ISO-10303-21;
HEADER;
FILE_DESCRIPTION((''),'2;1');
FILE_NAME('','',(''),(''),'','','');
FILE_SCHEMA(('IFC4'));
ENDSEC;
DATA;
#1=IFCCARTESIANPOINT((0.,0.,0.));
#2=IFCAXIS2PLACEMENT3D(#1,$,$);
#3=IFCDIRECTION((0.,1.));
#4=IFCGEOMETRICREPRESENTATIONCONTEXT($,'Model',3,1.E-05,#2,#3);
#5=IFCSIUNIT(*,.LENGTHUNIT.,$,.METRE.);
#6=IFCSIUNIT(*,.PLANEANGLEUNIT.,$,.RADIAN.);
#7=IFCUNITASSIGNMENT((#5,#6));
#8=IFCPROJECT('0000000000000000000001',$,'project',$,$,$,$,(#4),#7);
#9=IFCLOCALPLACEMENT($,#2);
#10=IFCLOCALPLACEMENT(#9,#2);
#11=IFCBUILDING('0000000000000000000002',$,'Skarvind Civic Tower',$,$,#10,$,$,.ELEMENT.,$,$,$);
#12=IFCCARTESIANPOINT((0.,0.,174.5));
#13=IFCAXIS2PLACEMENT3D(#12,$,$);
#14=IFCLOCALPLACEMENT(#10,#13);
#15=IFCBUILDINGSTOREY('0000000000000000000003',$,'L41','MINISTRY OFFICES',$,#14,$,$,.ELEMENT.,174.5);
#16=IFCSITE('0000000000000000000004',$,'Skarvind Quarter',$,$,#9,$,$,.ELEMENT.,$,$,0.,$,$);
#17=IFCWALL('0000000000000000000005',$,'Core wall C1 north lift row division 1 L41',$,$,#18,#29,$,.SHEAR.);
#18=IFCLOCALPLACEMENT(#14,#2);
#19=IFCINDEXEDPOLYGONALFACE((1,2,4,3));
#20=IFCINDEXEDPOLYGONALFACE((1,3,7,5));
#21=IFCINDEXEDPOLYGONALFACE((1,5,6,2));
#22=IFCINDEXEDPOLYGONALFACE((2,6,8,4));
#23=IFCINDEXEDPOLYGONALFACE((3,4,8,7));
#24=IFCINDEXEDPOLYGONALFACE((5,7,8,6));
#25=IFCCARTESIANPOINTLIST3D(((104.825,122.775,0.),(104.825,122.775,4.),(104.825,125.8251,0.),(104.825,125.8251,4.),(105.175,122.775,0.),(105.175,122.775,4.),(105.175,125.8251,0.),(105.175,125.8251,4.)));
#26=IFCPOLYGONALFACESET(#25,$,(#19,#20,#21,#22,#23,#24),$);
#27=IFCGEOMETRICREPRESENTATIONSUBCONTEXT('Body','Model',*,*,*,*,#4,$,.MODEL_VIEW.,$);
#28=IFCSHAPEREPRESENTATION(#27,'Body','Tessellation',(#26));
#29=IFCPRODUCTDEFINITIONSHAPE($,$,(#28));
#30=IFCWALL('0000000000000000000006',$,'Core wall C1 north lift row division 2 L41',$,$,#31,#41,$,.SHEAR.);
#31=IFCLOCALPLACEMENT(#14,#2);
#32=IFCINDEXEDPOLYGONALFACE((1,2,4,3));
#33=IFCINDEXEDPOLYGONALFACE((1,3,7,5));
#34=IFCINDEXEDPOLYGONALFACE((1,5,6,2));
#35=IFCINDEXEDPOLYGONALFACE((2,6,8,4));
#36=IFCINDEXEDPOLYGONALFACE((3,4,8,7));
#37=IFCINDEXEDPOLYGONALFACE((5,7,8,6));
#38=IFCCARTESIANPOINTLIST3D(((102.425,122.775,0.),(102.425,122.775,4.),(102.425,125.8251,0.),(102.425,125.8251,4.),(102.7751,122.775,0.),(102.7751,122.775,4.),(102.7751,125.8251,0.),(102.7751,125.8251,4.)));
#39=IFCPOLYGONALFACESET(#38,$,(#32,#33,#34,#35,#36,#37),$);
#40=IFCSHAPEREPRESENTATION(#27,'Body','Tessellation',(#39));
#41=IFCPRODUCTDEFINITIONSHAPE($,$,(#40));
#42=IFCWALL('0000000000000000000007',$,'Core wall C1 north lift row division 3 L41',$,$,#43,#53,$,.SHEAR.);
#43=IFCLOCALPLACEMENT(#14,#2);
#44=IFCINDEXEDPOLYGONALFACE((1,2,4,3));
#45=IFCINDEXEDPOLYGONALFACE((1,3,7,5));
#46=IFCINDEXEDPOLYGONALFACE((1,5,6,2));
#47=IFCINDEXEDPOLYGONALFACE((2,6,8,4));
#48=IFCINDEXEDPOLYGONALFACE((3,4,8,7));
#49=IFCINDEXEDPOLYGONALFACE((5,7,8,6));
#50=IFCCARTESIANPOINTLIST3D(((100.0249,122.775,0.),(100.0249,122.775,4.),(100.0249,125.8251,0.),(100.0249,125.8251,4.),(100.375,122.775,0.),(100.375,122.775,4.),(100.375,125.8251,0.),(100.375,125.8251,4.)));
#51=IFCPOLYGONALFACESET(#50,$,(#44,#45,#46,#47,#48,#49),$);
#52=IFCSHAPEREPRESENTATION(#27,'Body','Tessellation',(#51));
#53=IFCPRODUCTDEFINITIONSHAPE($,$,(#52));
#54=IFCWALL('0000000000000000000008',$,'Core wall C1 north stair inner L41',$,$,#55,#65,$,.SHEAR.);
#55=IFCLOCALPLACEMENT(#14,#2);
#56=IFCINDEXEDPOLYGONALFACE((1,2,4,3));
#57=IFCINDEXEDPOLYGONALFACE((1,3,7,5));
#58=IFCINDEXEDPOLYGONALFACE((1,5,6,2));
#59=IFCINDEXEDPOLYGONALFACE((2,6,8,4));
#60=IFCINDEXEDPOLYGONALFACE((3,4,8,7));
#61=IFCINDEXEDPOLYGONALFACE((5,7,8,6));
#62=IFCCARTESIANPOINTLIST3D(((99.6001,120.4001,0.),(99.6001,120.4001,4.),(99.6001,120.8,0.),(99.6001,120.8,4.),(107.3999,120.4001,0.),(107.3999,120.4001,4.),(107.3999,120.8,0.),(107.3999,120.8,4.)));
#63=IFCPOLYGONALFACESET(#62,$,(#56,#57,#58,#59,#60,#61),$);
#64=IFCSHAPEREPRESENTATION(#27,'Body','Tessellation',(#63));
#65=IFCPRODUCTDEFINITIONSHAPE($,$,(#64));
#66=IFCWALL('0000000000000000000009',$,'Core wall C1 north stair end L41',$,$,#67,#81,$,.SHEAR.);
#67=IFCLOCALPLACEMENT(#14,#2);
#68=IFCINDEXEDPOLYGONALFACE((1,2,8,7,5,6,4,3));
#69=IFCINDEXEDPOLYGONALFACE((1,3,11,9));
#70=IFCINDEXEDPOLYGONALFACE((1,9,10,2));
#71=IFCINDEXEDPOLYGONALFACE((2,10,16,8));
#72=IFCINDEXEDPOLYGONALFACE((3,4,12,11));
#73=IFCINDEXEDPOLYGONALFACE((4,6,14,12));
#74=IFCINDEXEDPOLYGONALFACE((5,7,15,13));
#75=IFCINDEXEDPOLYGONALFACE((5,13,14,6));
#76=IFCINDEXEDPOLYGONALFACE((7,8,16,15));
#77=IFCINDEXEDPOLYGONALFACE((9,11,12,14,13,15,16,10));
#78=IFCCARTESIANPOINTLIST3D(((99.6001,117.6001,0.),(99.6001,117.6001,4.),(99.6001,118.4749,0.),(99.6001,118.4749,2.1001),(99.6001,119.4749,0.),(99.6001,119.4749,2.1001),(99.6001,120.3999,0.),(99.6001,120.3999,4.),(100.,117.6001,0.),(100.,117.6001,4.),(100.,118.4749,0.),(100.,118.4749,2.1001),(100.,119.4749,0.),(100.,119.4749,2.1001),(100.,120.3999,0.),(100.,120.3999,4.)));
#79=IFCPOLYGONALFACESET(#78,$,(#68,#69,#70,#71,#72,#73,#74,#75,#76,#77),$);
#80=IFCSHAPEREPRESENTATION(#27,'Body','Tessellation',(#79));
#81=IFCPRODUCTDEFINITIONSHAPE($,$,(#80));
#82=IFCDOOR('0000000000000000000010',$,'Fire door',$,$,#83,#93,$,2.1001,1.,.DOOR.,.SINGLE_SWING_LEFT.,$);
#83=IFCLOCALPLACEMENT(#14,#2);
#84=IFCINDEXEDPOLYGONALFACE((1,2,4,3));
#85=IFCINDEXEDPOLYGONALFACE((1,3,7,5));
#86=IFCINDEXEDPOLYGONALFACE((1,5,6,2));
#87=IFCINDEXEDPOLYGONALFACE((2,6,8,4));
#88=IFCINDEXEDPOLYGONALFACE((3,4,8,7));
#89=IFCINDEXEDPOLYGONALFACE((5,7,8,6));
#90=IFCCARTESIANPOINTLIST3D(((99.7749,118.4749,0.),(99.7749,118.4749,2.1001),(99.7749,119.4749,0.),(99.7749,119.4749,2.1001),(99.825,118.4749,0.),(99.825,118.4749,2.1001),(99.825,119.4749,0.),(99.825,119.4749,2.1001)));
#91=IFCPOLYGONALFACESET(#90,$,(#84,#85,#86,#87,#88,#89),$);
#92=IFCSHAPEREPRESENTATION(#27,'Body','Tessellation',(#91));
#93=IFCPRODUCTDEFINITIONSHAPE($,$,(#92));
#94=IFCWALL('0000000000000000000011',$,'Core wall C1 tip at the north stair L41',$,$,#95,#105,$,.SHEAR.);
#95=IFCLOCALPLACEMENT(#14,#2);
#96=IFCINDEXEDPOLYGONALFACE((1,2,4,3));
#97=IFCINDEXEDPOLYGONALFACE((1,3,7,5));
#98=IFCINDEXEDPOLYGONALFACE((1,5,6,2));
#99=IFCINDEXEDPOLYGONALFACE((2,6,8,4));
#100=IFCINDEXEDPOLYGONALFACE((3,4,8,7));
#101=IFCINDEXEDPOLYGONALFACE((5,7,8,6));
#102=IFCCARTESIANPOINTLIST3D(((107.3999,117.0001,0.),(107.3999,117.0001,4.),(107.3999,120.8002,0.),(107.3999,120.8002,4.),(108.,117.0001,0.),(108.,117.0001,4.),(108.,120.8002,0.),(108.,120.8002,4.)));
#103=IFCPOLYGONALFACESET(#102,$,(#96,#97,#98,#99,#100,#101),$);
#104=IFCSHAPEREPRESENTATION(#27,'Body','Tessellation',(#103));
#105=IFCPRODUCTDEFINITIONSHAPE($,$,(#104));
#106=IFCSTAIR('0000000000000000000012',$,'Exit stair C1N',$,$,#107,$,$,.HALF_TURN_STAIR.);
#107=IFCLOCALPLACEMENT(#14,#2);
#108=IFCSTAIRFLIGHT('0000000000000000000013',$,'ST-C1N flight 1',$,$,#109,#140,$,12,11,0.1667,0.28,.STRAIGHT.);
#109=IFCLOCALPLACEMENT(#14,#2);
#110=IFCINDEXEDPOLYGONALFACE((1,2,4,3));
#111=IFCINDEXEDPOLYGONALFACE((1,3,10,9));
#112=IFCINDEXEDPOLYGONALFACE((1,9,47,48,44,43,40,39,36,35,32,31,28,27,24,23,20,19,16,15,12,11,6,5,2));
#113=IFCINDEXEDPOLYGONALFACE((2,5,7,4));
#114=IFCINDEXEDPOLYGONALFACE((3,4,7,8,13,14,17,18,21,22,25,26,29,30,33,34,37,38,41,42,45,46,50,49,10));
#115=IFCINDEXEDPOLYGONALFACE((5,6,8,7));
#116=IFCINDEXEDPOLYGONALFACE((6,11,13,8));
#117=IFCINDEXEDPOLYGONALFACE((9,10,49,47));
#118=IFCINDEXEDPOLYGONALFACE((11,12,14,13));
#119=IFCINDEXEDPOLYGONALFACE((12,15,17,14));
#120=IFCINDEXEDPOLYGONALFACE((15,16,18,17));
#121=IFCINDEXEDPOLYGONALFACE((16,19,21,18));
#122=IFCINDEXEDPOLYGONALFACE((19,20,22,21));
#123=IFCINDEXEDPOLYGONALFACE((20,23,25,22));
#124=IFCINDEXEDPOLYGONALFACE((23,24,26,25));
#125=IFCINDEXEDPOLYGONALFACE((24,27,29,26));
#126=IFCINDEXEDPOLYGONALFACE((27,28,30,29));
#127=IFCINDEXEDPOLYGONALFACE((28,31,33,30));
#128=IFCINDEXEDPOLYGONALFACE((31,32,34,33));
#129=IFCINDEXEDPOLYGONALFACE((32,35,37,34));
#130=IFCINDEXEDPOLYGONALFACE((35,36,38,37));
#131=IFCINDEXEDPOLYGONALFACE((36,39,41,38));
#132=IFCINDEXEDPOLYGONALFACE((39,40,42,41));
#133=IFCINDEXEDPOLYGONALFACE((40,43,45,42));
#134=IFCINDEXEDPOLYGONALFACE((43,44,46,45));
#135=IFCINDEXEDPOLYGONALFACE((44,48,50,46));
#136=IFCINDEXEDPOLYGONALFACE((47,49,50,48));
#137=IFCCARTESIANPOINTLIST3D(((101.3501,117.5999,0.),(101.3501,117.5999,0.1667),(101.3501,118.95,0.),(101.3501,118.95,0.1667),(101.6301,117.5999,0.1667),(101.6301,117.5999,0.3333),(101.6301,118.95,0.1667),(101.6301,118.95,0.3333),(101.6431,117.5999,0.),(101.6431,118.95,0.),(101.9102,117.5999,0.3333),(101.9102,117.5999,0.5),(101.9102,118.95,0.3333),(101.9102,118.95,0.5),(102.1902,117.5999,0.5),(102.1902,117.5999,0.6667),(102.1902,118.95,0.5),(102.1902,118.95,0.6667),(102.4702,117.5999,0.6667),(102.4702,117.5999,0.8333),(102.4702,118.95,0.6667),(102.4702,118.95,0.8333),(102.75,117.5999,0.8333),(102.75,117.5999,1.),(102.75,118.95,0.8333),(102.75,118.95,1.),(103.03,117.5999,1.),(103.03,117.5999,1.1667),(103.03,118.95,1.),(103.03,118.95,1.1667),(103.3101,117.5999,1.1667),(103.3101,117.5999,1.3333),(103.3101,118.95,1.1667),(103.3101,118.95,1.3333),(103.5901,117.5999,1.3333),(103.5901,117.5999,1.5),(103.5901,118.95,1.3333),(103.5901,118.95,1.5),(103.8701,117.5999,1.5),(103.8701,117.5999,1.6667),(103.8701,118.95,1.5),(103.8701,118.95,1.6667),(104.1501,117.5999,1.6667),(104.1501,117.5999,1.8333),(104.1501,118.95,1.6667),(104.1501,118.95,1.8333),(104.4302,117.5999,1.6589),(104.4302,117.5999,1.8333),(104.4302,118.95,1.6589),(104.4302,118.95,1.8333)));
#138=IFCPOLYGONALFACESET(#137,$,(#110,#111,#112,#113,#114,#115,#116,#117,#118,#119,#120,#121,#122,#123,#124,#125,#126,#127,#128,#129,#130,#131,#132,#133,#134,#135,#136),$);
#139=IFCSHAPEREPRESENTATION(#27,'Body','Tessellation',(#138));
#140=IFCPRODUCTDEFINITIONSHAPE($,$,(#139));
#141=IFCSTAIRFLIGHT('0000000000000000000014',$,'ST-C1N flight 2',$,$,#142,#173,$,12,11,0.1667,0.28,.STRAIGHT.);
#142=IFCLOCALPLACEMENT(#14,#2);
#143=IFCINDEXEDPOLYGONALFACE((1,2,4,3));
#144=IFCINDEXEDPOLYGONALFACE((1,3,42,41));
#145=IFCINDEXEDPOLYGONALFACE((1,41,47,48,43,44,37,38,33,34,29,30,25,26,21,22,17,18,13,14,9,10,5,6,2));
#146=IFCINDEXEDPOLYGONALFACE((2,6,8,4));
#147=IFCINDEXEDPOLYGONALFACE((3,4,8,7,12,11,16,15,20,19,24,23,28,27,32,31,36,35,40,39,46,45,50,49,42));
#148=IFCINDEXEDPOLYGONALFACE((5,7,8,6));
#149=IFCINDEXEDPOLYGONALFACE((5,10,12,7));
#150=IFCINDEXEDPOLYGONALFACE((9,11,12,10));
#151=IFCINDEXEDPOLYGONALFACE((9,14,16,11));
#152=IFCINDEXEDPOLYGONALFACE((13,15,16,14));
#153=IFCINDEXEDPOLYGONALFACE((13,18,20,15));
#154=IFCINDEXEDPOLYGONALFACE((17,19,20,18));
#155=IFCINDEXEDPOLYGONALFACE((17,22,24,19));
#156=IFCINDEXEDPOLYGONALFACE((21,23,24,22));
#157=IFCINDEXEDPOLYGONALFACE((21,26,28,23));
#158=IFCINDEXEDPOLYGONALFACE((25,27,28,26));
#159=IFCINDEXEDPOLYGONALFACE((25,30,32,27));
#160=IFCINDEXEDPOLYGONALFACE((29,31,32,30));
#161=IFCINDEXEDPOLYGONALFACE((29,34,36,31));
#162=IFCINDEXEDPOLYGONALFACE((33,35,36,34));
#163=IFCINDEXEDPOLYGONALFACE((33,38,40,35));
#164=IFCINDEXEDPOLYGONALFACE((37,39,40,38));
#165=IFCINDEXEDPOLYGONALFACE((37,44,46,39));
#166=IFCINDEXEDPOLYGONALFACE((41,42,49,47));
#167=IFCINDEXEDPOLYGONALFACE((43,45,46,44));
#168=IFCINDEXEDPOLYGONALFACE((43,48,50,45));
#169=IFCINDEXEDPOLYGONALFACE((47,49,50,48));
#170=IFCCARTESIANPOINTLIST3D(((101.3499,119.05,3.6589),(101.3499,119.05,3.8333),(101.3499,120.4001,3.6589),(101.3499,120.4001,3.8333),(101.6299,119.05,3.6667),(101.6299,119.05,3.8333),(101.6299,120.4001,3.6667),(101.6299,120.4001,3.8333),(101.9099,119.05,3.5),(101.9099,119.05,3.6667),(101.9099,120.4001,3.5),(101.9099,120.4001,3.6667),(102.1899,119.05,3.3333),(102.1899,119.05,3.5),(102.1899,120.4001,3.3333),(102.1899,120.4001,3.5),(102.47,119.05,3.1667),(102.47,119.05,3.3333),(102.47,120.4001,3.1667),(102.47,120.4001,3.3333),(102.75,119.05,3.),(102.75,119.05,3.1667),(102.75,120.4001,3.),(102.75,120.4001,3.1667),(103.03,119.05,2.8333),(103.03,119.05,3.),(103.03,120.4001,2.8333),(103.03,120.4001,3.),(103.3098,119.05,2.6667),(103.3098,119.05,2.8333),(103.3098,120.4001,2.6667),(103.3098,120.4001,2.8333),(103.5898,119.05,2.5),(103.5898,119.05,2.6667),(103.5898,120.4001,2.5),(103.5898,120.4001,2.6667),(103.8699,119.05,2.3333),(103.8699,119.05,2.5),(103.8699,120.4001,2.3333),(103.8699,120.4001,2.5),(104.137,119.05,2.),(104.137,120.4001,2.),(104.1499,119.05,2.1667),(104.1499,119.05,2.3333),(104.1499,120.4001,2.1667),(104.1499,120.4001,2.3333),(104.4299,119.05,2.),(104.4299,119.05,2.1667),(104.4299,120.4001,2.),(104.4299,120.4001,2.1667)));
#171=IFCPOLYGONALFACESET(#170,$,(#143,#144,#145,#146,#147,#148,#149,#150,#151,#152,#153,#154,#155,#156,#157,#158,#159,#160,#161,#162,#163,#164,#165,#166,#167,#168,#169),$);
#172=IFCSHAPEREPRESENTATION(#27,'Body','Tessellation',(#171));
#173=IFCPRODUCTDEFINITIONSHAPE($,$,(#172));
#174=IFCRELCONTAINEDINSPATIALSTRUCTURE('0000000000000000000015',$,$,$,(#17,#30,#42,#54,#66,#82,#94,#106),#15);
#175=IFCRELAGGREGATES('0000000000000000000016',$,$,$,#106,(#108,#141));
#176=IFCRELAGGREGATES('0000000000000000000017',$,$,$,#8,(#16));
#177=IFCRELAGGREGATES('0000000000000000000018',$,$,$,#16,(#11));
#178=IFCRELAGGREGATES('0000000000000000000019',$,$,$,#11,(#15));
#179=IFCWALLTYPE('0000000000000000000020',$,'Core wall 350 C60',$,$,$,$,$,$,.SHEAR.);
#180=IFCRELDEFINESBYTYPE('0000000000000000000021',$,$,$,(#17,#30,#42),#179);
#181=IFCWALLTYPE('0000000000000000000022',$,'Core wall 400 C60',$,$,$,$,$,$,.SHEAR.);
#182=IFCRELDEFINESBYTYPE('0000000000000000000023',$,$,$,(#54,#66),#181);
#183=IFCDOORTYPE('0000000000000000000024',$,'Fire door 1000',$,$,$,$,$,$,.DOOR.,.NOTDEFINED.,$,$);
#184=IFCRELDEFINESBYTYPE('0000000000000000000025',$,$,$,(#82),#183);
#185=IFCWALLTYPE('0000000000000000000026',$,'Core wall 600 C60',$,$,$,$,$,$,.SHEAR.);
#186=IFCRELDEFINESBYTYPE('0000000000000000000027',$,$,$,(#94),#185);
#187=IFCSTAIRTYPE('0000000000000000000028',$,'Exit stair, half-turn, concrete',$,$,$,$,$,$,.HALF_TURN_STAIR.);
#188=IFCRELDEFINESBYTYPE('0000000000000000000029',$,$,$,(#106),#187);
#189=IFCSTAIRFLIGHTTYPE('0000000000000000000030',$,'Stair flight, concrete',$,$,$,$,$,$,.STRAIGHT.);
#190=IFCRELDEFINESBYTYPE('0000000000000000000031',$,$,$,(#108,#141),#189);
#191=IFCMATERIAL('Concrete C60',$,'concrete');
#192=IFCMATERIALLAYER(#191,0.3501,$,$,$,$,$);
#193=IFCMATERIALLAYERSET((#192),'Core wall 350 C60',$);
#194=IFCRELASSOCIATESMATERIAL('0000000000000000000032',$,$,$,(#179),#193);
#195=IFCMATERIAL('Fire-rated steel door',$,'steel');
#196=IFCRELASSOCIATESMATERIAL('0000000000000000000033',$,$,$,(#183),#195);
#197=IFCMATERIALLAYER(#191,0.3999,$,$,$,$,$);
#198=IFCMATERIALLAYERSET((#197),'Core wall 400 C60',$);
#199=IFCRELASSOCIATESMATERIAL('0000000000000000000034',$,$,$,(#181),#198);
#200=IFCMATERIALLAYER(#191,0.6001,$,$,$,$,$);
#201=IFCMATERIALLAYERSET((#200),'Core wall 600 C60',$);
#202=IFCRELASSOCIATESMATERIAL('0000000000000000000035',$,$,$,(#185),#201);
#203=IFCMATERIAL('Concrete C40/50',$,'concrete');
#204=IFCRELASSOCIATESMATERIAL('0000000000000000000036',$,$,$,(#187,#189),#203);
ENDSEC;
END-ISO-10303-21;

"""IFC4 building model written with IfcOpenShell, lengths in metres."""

from ifc_helpers import new_model, si_unit, direction, frame, frame_2d, origin, place, context, subcontext, project, spatial, polyline, rectangle, outline, extrude, material, layer, layer_set, type_object, element, fill, aggregate, save


model = new_model("IFC4")

# Units and contexts
model_context = context("Model", 3, precision=1e-05, world=origin(), true_north=direction((0.0, 1.0)))
body_context = subcontext(model_context, "Body", "Model", "MODEL_VIEW")
ifc_project = project(units=[si_unit("LENGTHUNIT", "METRE"), si_unit("PLANEANGLEUNIT", "RADIAN")], contexts=[model_context])

# Site, building, storey
site_placement = place(None, origin())
site = spatial("IfcSite", under=ifc_project, at=site_placement, Name="Skarvind Quarter", CompositionType="ELEMENT", RefElevation=0.0)
building_placement = place(site_placement, origin())
building = spatial("IfcBuilding", under=site, at=building_placement, Name="Skarvind Civic Tower", CompositionType="ELEMENT")
storey_placement = place(building_placement, frame((0.0, 0.0, 174.5)))
storey = spatial("IfcBuildingStorey", under=building, at=storey_placement, Name="L41", Description="MINISTRY OFFICES", CompositionType="ELEMENT", Elevation=174.5)

# Shared definitions
ifc_material_1 = material(Name="Concrete C60", Category="concrete")
ifc_layer_1 = layer(ifc_material_1, 0.3501)
ifc_layer_set_1 = layer_set([ifc_layer_1], Name="Core wall 350 C60")
wall_type_1 = type_object("IfcWallType", Name="Core wall 350 C60", PredefinedType="SHEAR", material=ifc_layer_set_1)
ifc_material_2 = material(Name="Fire-rated steel door", Category="steel")
door_type_1 = type_object("IfcDoorType", Name="Fire door 1000", OperationType="NOTDEFINED", PredefinedType="DOOR", material=ifc_material_2)

# Walls
for number, where, z_axis, x_axis, name in (
    (1, (105.0, 125.825, 0.0), (0.0, 0.0, 1.0), (0.0, -1.0, 0.0), "Core wall C1 north lift row division 1 L41"),
    (2, (102.6001, 125.825, 0.0), (0.0, 0.0, 1.0), (0.0, -1.0, 0.0), "Core wall C1 north lift row division 2 L41"),
    (3, (100.2, 125.825, 0.0), (0.0, 0.0, 1.0), (0.0, -1.0, 0.0), "Core wall C1 north lift row division 3 L41"),
):
    element("IfcWall", number, at=place(storey_placement, frame(where, z_axis=z_axis, x_axis=x_axis)), inside=storey, type_object=wall_type_1, Name=name, PredefinedType="SHEAR", context=body_context, shape_type="SweptSolid", body=[
        extrude(rectangle(XDim=3.05, YDim=0.3501, at=frame_2d((1.5249, 0.0))), origin(), (0.0, 0.0, 1.0), 4.0),
    ])
ifc_layer_2 = layer(ifc_material_1, 0.3999)
ifc_layer_set_2 = layer_set([ifc_layer_2], Name="Core wall 400 C60")
wall_type_2 = type_object("IfcWallType", Name="Core wall 400 C60", PredefinedType="SHEAR", material=ifc_layer_set_2)
wall_1_placement = place(storey_placement, frame((107.3999, 120.6001, 0.0), z_axis=(0.0, 0.0, 1.0), x_axis=(-1.0, 0.0, 0.0)))
element("IfcWall", 4, at=wall_1_placement, inside=storey, type_object=wall_type_2, Name="Core wall C1 north stair inner L41", PredefinedType="SHEAR", context=body_context, shape_type="SweptSolid", body=[
    extrude(rectangle(XDim=7.7998, YDim=0.3999, at=frame_2d((3.8999, 0.0))), origin(), (0.0, 0.0, 1.0), 4.0),
])

# Wall, opening, door
wall_2_placement = place(storey_placement, frame((99.8, 120.3999, 0.0), z_axis=(0.0, 0.0, 1.0), x_axis=(0.0, -1.0, 0.0)))
wall_2 = element("IfcWall", 5, at=wall_2_placement, inside=storey, type_object=wall_type_2, Name="Core wall C1 north stair end L41", PredefinedType="SHEAR", context=body_context, shape_type="SweptSolid", body=[
    extrude(rectangle(XDim=2.7998, YDim=0.3999, at=frame_2d((1.3999, 0.0))), origin(), (0.0, 0.0, 1.0), 4.0),
])
opening_1_placement = place(wall_2_placement, frame((0.925, 0.0, 0.0)))
opening_1 = element("IfcOpeningElement", 6, at=opening_1_placement, cuts=wall_2, PredefinedType="OPENING", context=body_context, shape_type="SweptSolid", body=[
    extrude(rectangle(XDim=1.0, YDim=2.1001, at=frame_2d((0.5, 1.05))), frame((0.0, 0.21, 0.0), z_axis=(0.0, -1.0, 0.0), x_axis=(1.0, 0.0, 0.0)), (0.0, 0.0, 1.0), 0.4199),
])
door_1_placement = place(opening_1_placement, origin())
door_1 = element("IfcDoor", 7, at=door_1_placement, inside=storey, type_object=door_type_1, Name="Fire door", OperationType="SINGLE_SWING_LEFT", OverallHeight=2.1001, OverallWidth=1.0, PredefinedType="DOOR", context=body_context, shape_type="SweptSolid", body=[
    extrude(rectangle(XDim=1.0, YDim=2.1001, at=frame_2d((0.5, 1.05))), frame((0.0, 0.0249, 0.0), z_axis=(0.0, -1.0, 0.0), x_axis=(1.0, 0.0, 0.0)), (0.0, 0.0, 1.0), 0.05),
])
fill(opening_1, door_1)

# Wall
ifc_layer_3 = layer(ifc_material_1, 0.6001)
ifc_layer_set_3 = layer_set([ifc_layer_3], Name="Core wall 600 C60")
wall_type_3 = type_object("IfcWallType", Name="Core wall 600 C60", PredefinedType="SHEAR", material=ifc_layer_set_3)
wall_3_placement = place(storey_placement, frame((107.7, 120.8, 0.0), z_axis=(0.0, 0.0, 1.0), x_axis=(0.0, -1.0, 0.0)))
element("IfcWall", 8, at=wall_3_placement, inside=storey, type_object=wall_type_3, Name="Core wall C1 tip at the north stair L41", PredefinedType="SHEAR", context=body_context, shape_type="SweptSolid", body=[
    extrude(rectangle(XDim=3.8, YDim=0.6001, at=frame_2d((1.8999, 0.0))), origin(), (0.0, 0.0, 1.0), 4.0),
])

# Stair, stair flights
ifc_material_3 = material(Name="Concrete C40/50", Category="concrete")
stair_type = type_object("IfcStairType", Name="Exit stair, half-turn, concrete", PredefinedType="HALF_TURN_STAIR", material=ifc_material_3)
stair_placement = place(storey_placement, origin())
stair = element("IfcStair", 9, at=stair_placement, inside=storey, type_object=stair_type, Name="Exit stair C1N", PredefinedType="HALF_TURN_STAIR")
stair_flight_type = type_object("IfcStairFlightType", Name="Stair flight, concrete", PredefinedType="STRAIGHT", material=ifc_material_3)
stair_flight_1_placement = place(storey_placement, frame((101.3501, 118.2749, 0.0), z_axis=(0.0, 0.0, 1.0), x_axis=(1.0, 0.0, 0.0)))
stair_flight_1 = element("IfcStairFlight", 10, at=stair_flight_1_placement, type_object=stair_flight_type, Name="ST-C1N flight 1", NumberOfRisers=12, NumberOfTreads=11, PredefinedType="STRAIGHT", RiserHeight=0.1667, TreadLength=0.28, context=body_context, shape_type="SweptSolid", body=[
    extrude(outline(polyline([(0.0, 0.0), (0.0, 0.1667), (0.28, 0.1667), (0.28, 0.3333), (0.5601, 0.3333), (0.5601, 0.5), (0.8401, 0.5), (0.8401, 0.6667), (1.1201, 0.6667), (1.1201, 0.8333), (1.3999, 0.8333), (1.3999, 1.0), (1.6799, 1.0), (1.6799, 1.1667), (1.96, 1.1667), (1.96, 1.3333), (2.24, 1.3333), (2.24, 1.5), (2.52, 1.5), (2.52, 1.6667), (2.8, 1.6667), (2.8, 1.8333), (3.0801, 1.8333), (3.0801, 2.0), (3.0801, 1.6589), (0.293, 0.0), (0.0, 0.0)])), frame((0.0, 0.675, 0.0), z_axis=(0.0, -1.0, 0.0), x_axis=(1.0, 0.0, 0.0)), (0.0, 0.0, 1.0), 1.3501),
])
stair_flight_2_placement = place(storey_placement, frame((104.4299, 119.7251, 2.0), z_axis=(0.0, 0.0, 1.0), x_axis=(-1.0, 0.0, 0.0)))
stair_flight_2 = element("IfcStairFlight", 11, at=stair_flight_2_placement, type_object=stair_flight_type, Name="ST-C1N flight 2", NumberOfRisers=12, NumberOfTreads=11, PredefinedType="STRAIGHT", RiserHeight=0.1667, TreadLength=0.28, context=body_context, shape_type="SweptSolid", body=[
    extrude(outline(polyline([(0.0, 0.0), (0.0, 0.1667), (0.28, 0.1667), (0.28, 0.3333), (0.5601, 0.3333), (0.5601, 0.5), (0.8401, 0.5), (0.8401, 0.6667), (1.1201, 0.6667), (1.1201, 0.8333), (1.3999, 0.8333), (1.3999, 1.0), (1.6799, 1.0), (1.6799, 1.1667), (1.96, 1.1667), (1.96, 1.3333), (2.24, 1.3333), (2.24, 1.5), (2.52, 1.5), (2.52, 1.6667), (2.8, 1.6667), (2.8, 1.8333), (3.0801, 1.8333), (3.0801, 2.0), (3.0801, 1.6589), (0.293, 0.0), (0.0, 0.0)])), frame((0.0, 0.675, 0.0), z_axis=(0.0, -1.0, 0.0), x_axis=(1.0, 0.0, 0.0)), (0.0, 0.0, 1.0), 1.3501),
])
aggregate(stair, [stair_flight_1, stair_flight_2])

save(model, "model.ifc")
